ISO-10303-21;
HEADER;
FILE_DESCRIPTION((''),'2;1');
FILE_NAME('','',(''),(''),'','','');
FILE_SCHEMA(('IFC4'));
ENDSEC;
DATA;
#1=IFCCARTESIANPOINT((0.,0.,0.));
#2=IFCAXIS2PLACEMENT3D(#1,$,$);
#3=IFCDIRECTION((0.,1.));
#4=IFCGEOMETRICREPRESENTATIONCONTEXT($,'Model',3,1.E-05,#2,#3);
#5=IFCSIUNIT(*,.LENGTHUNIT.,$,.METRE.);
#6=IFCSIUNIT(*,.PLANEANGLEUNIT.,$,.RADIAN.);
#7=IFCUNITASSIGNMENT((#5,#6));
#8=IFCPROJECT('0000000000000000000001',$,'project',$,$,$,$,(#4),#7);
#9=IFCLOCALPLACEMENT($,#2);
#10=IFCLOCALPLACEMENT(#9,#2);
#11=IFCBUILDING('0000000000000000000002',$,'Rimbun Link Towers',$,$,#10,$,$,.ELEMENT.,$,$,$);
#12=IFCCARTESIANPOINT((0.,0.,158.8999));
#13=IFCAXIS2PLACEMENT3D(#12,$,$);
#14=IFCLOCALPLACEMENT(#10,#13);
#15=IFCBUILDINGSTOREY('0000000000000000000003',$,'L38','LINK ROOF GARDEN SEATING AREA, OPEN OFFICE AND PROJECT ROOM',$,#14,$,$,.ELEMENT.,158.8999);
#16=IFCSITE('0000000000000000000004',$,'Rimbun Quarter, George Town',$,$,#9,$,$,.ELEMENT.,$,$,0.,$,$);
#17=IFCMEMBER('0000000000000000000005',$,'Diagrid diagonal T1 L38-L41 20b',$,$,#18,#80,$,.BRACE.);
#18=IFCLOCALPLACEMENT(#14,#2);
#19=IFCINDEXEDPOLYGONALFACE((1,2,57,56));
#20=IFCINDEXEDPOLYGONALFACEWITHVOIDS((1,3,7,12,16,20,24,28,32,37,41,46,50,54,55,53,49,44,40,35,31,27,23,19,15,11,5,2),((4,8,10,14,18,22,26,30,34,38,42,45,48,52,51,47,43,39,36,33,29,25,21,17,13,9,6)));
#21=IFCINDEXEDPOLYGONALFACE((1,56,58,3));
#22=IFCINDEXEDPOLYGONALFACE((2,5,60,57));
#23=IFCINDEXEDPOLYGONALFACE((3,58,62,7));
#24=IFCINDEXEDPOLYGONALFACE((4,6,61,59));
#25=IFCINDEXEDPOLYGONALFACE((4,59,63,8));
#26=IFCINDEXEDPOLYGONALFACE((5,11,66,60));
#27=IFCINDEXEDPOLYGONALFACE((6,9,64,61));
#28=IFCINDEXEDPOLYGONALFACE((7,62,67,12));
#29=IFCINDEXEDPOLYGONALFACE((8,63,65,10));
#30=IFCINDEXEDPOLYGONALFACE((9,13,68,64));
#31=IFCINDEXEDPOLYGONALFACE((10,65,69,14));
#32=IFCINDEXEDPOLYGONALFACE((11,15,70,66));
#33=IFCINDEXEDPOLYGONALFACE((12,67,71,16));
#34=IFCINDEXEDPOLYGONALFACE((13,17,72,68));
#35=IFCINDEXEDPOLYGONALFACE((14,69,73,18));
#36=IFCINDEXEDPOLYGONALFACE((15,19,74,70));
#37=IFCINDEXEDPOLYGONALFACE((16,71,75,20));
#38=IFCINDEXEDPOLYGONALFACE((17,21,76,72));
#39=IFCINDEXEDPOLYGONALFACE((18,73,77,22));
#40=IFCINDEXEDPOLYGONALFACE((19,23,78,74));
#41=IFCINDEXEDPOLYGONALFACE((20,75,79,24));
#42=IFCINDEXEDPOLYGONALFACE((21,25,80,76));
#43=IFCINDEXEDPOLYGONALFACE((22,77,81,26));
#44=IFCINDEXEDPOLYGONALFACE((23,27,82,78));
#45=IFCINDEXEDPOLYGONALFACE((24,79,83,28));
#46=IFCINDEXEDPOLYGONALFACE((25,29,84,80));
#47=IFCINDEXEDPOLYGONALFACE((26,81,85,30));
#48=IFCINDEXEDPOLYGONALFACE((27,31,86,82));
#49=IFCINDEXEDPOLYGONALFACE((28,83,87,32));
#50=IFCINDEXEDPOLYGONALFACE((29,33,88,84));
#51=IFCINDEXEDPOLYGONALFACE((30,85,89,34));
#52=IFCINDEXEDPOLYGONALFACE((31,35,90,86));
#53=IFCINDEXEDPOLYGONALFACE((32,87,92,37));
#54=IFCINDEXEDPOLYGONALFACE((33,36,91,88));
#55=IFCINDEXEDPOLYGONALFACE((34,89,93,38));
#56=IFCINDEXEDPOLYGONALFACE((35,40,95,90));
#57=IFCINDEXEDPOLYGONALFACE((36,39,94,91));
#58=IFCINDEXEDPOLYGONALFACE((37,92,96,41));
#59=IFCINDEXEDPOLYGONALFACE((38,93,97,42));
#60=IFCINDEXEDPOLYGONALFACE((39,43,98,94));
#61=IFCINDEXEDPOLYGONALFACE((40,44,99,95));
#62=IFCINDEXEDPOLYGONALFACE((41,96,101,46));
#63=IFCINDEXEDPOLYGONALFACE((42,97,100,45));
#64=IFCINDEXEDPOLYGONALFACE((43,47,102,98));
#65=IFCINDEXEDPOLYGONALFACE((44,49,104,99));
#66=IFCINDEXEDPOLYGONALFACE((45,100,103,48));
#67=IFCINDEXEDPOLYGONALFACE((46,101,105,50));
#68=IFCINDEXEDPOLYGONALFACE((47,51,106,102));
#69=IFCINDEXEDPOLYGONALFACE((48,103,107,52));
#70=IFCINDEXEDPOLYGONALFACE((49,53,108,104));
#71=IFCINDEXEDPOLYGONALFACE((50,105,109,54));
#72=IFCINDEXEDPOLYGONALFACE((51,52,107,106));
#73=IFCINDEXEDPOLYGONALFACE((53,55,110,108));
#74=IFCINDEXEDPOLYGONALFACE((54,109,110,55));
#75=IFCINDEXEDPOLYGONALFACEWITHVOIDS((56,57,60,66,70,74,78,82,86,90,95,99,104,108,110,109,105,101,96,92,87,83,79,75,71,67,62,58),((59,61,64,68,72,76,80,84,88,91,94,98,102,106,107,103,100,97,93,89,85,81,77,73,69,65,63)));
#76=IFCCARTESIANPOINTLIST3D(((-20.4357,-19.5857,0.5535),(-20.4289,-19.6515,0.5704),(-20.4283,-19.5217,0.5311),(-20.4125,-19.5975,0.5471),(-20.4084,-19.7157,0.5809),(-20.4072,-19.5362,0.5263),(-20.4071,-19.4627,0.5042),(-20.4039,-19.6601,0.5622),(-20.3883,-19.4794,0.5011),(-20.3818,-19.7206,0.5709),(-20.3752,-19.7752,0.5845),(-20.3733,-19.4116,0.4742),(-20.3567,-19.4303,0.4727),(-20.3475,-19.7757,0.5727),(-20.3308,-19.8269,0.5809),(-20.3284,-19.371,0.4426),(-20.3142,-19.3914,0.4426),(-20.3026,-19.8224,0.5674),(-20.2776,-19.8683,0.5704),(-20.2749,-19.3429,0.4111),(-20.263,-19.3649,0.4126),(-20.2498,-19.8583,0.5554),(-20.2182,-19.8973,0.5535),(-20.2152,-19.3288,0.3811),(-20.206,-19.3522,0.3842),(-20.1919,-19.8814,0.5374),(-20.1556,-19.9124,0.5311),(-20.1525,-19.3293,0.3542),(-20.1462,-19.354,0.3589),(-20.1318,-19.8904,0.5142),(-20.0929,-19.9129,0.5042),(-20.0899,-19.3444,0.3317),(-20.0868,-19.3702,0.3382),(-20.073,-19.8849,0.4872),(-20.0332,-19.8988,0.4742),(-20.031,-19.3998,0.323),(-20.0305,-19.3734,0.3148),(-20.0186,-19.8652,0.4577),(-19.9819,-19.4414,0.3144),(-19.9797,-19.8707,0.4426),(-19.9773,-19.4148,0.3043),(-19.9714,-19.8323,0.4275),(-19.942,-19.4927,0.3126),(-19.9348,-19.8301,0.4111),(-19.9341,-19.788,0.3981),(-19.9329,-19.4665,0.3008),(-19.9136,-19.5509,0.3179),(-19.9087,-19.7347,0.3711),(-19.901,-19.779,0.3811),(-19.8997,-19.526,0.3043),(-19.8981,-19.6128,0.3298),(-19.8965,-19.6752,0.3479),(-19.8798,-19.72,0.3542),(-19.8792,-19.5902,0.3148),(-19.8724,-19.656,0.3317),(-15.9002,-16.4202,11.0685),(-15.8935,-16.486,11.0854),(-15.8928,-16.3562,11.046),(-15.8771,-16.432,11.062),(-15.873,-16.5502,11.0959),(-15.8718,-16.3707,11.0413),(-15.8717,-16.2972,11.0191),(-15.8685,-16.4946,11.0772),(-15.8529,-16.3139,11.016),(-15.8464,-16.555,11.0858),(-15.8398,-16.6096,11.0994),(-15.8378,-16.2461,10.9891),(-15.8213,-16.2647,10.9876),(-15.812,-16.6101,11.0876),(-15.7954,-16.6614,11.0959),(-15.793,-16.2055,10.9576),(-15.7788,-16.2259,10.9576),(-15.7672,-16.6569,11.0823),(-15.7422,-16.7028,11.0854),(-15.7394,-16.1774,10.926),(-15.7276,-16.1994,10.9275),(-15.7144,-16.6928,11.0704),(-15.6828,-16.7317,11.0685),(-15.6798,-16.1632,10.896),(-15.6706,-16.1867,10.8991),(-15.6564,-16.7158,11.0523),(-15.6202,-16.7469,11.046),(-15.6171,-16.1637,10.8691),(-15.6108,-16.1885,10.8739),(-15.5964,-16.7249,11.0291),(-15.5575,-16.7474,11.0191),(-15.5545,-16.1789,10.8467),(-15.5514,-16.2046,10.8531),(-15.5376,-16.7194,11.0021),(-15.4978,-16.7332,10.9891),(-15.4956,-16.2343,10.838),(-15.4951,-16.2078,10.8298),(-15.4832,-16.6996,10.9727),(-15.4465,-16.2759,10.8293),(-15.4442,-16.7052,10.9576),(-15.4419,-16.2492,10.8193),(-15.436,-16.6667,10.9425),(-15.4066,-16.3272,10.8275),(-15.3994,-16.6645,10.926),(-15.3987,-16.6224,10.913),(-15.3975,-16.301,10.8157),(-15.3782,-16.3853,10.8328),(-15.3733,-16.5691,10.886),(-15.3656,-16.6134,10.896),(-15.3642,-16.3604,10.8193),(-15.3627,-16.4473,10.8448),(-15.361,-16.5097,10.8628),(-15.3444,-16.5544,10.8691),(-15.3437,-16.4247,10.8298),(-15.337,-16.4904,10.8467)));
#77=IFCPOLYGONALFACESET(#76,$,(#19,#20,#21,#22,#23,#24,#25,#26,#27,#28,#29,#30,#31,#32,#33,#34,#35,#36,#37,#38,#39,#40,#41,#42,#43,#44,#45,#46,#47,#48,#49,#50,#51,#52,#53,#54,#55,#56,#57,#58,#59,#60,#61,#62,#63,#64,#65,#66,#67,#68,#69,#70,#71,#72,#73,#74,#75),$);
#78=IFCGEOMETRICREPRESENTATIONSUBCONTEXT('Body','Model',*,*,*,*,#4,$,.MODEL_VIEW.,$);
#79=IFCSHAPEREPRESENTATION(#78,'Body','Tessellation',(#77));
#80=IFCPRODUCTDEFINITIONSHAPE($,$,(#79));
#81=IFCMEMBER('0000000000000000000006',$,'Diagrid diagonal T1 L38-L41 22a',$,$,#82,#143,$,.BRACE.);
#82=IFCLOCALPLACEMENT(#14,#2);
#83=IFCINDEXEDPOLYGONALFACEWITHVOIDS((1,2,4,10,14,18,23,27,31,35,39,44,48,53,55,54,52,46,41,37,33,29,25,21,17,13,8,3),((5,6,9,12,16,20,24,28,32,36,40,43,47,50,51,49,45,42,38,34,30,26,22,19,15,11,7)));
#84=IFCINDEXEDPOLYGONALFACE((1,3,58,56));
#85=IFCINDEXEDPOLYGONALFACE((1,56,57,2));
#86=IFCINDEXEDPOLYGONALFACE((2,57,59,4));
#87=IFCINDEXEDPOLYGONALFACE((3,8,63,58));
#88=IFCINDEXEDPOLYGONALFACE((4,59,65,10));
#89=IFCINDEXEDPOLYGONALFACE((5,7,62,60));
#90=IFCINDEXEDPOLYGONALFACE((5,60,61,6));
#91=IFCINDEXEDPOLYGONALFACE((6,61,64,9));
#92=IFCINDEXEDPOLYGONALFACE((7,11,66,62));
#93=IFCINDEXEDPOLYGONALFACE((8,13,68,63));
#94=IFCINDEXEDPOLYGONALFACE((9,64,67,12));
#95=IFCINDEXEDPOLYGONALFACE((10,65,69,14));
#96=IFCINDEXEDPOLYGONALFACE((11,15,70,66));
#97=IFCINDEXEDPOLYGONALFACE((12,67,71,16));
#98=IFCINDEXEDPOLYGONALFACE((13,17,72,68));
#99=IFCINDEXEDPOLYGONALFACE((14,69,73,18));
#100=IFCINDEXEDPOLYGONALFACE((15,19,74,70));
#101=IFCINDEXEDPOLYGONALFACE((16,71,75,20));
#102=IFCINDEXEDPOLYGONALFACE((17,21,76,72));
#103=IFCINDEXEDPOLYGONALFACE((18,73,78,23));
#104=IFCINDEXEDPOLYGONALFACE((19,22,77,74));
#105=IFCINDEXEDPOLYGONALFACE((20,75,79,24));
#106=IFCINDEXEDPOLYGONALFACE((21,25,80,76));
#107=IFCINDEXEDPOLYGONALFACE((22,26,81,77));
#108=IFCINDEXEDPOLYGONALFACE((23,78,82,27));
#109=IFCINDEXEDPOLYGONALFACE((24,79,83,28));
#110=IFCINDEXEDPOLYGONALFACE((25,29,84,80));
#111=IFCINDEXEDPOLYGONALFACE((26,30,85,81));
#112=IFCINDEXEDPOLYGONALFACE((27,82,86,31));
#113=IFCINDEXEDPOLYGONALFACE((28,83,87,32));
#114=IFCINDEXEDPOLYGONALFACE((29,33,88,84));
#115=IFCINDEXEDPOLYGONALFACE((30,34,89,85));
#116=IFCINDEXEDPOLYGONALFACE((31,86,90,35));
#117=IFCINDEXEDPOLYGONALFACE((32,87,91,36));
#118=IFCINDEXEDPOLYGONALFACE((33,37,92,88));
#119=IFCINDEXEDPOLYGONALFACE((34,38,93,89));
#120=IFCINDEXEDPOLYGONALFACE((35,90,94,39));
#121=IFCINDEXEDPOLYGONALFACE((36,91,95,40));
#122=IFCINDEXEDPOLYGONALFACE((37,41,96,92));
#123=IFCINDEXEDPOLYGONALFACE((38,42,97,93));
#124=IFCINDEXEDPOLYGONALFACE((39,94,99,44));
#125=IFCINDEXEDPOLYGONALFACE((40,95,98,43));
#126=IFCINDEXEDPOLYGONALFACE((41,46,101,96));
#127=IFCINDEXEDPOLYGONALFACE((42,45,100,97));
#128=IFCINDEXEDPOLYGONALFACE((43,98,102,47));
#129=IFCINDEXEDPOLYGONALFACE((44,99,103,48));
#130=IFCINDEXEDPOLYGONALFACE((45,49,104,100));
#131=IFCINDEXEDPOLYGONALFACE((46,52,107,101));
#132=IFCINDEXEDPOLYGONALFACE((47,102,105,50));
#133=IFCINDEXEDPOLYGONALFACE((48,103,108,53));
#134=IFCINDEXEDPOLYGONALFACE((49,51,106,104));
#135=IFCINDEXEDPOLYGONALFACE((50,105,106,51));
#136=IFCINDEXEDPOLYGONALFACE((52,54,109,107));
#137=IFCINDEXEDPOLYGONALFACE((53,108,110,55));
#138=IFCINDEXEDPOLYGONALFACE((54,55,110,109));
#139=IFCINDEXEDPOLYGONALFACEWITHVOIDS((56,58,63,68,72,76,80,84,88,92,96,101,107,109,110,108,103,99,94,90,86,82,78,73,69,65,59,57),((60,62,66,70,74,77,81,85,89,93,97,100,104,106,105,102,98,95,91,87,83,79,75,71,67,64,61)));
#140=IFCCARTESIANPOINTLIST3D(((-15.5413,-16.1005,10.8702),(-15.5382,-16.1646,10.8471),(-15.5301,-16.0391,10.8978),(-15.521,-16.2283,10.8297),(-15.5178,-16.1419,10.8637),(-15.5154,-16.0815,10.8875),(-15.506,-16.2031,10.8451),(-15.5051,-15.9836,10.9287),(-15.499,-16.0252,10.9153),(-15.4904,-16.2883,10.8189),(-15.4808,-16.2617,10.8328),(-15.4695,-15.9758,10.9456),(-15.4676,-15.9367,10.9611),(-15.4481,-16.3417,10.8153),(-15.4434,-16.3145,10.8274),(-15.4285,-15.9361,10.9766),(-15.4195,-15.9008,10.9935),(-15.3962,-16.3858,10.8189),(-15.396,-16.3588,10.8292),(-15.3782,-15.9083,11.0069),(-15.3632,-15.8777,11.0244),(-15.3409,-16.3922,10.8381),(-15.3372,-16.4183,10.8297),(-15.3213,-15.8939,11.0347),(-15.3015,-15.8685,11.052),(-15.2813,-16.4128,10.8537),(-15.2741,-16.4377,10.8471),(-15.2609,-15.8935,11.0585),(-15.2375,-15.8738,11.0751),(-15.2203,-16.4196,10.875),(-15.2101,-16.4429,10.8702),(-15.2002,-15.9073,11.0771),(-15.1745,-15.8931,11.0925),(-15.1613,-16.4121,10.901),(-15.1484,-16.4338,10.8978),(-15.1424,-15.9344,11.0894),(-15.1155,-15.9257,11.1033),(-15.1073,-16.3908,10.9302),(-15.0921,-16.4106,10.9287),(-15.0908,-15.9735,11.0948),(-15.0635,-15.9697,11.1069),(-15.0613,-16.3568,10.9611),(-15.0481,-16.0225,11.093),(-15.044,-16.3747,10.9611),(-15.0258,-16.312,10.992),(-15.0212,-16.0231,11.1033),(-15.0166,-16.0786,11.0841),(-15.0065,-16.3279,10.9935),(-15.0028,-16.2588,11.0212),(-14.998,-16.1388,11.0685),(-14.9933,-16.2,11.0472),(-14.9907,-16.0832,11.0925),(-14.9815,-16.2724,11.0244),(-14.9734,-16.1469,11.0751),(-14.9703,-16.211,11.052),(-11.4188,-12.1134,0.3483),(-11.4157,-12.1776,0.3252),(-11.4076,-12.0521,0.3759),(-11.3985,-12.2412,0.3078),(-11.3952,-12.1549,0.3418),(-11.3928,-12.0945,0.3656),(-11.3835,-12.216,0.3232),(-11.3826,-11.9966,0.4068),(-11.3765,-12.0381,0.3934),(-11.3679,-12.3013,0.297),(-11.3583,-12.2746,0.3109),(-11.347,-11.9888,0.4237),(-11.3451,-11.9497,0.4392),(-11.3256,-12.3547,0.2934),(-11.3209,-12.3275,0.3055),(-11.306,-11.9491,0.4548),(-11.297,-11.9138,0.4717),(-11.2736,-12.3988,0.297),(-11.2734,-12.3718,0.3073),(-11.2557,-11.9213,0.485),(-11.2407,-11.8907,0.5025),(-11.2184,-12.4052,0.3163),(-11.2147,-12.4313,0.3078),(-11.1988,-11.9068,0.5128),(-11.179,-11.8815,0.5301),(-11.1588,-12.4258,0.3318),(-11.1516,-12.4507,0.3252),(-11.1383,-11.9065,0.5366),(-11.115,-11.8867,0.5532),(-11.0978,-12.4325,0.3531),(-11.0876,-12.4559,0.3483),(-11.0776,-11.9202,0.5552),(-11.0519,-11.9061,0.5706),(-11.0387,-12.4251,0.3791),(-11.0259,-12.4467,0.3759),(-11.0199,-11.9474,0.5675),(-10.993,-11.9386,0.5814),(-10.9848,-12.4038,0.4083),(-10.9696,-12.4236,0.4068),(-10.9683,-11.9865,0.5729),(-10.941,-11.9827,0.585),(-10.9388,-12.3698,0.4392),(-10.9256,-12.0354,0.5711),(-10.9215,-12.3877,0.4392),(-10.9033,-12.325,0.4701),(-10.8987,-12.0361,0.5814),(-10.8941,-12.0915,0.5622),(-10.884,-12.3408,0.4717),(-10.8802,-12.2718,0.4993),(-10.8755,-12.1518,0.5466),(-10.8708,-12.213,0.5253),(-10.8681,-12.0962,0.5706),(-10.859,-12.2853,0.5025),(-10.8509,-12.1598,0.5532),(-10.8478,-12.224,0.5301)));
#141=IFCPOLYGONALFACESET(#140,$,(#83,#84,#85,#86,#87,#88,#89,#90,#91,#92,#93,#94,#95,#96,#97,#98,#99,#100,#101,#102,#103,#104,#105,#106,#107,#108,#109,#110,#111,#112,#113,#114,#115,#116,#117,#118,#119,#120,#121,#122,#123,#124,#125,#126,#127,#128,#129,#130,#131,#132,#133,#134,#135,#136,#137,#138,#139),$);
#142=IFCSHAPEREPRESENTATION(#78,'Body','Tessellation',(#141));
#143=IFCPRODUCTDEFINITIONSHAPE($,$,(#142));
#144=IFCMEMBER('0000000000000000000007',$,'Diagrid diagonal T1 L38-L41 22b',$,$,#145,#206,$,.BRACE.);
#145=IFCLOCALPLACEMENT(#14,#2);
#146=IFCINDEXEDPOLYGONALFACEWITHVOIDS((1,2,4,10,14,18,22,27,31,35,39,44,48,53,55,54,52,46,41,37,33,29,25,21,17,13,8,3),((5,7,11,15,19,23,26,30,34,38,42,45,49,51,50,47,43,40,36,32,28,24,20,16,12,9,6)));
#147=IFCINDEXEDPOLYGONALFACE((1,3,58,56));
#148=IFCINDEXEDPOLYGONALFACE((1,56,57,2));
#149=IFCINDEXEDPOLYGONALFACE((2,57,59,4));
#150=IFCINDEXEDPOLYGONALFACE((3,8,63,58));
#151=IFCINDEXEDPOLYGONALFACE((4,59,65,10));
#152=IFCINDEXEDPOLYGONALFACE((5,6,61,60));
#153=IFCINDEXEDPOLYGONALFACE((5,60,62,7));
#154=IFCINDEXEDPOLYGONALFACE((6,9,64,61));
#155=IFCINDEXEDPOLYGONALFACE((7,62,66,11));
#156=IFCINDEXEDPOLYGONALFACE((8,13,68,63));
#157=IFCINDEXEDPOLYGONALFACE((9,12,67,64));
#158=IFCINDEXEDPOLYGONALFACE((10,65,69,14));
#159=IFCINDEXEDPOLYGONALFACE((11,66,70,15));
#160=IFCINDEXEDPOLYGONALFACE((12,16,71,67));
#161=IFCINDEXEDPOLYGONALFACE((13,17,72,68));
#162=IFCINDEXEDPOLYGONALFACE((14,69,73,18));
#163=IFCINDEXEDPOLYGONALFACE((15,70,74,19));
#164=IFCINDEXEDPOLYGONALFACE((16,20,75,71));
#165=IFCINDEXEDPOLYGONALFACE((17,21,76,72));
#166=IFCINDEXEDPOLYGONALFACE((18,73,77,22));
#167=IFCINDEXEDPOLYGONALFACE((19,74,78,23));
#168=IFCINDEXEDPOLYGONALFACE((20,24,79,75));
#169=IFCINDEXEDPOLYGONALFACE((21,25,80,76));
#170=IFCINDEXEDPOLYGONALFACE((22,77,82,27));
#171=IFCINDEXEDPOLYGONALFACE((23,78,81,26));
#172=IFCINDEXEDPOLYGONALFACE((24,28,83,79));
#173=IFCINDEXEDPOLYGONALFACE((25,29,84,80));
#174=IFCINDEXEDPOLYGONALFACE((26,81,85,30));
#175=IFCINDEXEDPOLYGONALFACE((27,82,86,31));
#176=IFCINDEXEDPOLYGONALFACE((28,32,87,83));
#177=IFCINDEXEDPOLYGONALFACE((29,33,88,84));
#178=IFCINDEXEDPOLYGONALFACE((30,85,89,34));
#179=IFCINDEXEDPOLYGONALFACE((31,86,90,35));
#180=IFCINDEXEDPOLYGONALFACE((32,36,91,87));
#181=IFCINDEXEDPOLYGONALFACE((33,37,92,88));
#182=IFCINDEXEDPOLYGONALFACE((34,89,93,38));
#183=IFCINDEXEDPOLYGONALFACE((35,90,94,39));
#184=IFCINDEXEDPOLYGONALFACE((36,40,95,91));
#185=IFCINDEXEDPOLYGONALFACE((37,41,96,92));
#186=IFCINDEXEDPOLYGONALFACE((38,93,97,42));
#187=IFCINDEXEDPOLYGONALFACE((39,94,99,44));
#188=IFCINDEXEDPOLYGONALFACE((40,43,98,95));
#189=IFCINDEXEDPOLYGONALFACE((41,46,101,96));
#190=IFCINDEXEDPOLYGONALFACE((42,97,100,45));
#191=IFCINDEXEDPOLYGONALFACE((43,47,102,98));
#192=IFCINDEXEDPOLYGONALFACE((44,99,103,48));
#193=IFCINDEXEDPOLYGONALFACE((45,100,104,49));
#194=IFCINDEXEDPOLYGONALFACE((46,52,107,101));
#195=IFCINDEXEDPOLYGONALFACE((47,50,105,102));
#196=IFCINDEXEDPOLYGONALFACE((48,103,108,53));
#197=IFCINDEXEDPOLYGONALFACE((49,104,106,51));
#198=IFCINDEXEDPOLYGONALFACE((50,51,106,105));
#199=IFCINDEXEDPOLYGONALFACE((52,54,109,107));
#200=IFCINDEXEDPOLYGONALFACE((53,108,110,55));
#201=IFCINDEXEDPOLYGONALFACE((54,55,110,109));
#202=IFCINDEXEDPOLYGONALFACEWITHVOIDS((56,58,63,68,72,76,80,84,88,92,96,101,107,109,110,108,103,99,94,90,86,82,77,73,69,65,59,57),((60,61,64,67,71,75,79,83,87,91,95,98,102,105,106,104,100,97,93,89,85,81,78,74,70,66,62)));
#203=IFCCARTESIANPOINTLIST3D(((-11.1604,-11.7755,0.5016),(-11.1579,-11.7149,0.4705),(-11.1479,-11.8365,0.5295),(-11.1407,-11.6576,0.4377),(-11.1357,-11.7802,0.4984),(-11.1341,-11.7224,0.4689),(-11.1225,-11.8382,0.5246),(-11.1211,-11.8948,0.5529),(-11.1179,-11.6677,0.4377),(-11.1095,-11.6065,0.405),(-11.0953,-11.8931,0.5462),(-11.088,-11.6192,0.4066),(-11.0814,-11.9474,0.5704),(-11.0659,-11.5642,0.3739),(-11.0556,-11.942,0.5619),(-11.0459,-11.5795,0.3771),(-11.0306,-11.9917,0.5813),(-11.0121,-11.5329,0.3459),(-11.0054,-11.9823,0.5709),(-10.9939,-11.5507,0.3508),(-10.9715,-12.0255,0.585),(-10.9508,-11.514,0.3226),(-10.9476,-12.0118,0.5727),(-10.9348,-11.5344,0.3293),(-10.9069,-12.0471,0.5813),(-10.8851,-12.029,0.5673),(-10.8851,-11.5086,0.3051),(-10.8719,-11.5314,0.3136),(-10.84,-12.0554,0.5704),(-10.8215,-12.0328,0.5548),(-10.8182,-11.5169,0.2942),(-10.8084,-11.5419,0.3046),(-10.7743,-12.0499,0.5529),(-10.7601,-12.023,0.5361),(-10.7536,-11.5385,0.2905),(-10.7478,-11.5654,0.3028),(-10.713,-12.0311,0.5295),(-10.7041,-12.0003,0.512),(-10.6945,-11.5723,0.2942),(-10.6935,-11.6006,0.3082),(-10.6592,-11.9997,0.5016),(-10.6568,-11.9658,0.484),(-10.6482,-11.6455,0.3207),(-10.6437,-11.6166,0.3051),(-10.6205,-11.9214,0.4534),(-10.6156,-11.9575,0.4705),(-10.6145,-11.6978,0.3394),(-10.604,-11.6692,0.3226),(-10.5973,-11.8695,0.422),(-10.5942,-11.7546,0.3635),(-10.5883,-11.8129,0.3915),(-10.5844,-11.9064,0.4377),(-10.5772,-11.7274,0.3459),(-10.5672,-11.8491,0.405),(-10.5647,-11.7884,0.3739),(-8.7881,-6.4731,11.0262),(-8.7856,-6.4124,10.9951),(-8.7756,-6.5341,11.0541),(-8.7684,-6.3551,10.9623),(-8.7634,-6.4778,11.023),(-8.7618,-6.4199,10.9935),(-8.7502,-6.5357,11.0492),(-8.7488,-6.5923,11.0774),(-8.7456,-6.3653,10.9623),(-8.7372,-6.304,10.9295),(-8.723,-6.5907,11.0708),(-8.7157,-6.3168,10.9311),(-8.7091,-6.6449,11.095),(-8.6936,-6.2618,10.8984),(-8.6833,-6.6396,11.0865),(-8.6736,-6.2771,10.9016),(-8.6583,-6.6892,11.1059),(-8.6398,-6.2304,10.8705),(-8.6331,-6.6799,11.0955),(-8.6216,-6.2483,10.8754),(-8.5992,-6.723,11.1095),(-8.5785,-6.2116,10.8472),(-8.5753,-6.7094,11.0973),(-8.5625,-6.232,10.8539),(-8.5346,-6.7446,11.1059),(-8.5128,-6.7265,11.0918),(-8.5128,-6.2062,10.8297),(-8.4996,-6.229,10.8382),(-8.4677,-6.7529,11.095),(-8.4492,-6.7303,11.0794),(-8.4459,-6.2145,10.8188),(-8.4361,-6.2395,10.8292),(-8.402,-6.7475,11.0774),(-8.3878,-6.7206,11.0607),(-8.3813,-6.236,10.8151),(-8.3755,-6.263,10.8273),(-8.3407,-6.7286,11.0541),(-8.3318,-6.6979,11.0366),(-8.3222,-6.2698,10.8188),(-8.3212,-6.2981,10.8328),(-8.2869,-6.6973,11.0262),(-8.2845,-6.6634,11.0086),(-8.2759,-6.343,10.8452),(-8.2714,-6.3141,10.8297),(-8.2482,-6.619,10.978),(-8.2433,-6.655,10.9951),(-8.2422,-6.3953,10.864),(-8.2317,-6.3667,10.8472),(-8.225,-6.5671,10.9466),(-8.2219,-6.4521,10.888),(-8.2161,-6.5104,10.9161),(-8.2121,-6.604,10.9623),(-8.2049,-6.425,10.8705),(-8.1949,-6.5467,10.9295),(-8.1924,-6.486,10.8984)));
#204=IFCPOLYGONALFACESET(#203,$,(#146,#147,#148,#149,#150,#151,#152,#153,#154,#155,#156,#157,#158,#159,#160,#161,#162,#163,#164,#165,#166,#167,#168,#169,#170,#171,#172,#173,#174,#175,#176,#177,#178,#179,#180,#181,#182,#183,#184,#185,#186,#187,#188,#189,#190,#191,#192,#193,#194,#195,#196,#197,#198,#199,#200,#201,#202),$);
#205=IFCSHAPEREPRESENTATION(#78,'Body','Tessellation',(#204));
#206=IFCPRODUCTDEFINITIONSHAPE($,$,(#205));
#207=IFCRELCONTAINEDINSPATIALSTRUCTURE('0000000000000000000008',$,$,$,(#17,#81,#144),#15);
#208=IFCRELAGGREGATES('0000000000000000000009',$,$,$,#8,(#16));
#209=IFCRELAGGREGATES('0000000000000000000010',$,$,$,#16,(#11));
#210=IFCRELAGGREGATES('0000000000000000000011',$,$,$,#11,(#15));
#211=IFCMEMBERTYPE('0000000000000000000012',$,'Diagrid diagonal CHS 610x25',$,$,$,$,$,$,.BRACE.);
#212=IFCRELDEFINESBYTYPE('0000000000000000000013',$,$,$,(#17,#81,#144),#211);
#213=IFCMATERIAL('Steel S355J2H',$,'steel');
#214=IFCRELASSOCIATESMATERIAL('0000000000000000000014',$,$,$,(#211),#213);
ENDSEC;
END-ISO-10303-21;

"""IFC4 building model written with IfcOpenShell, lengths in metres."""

from ifc_helpers import new_model, si_unit, direction, frame, origin, origin_2d, place, context, subcontext, project, spatial, hollow_circle, extrude, material, material_profile, profile_set, type_object, element, save


model = new_model("IFC4")

# Units and contexts
model_context = context("Model", 3, precision=1e-05, world=origin(), true_north=direction((0.0, 1.0)))
body_context = subcontext(model_context, "Body", "Model", "MODEL_VIEW")
ifc_project = project(units=[si_unit("LENGTHUNIT", "METRE"), si_unit("PLANEANGLEUNIT", "RADIAN")], contexts=[model_context])

# Site, building, storey
site_placement = place(None, origin())
site = spatial("IfcSite", under=ifc_project, at=site_placement, Name="Rimbun Quarter, George Town", CompositionType="ELEMENT", RefElevation=0.0)
building_placement = place(site_placement, origin())
building = spatial("IfcBuilding", under=site, at=building_placement, Name="Rimbun Link Towers", CompositionType="ELEMENT")
storey_placement = place(building_placement, frame((0.0, 0.0, 158.8999)))
storey = spatial("IfcBuildingStorey", under=building, at=storey_placement, Name="L38", Description="LINK ROOF GARDEN SEATING AREA, OPEN OFFICE AND PROJECT ROOM", CompositionType="ELEMENT", Elevation=158.8999)

# Members
ifc_material_1 = material(Name="Steel S355J2H", Category="steel")
ifc_material_profile_1 = material_profile(ifc_material_1, hollow_circle(Radius=0.3047, WallThickness=0.0249, at=origin_2d()), Name="Diagrid diagonal CHS 610x25")
ifc_profile_set_1 = profile_set([ifc_material_profile_1], Name="Steel S355J2H")
member_type_1 = type_object("IfcMemberType", Name="Diagrid diagonal CHS 610x25", PredefinedType="BRACE", material=ifc_profile_set_1)
member_1_placement = place(storey_placement, frame((-20.1541, -19.6208, 0.4426), z_axis=(0.381742, 0.266441, 0.885032), x_axis=(-0.572339, 0.820017, 0.0)))
element("IfcMember", 1, at=member_1_placement, inside=storey, type_object=member_type_1, Name="Diagrid diagonal T1 L38-L41 20b", PredefinedType="BRACE", context=body_context, shape_type="SweptSolid", body=[
    extrude(hollow_circle(Radius=0.3047, WallThickness=0.0249, at=origin_2d()), origin(), (0.0, 0.0, 1.0), 11.8809),
])
member_2_placement = place(storey_placement, frame((-11.1333, -12.1687, 0.4392), z_axis=(-0.34402, -0.332713, 0.878039), x_axis=(0.695195, -0.718821, 0.0)))
element("IfcMember", 2, at=member_2_placement, inside=storey, type_object=member_type_1, Name="Diagrid diagonal T1 L38-L41 22a", PredefinedType="BRACE", context=body_context, shape_type="SweptSolid", body=[
    extrude(hollow_circle(Radius=0.3047, WallThickness=0.0249, at=origin_2d()), origin(), (0.0, 0.0, 1.0), 11.9834),
])
member_3_placement = place(storey_placement, frame((-10.8625, -11.782, 0.4377), z_axis=(0.197342, 0.44109, 0.875498), x_axis=(-0.912809, 0.408387, 0.0)))
element("IfcMember", 3, at=member_3_placement, inside=storey, type_object=member_type_1, Name="Diagrid diagonal T1 L38-L41 22b", PredefinedType="BRACE", context=body_context, shape_type="SweptSolid", body=[
    extrude(hollow_circle(Radius=0.3047, WallThickness=0.0249, at=origin_2d()), origin(), (0.0, 0.0, 1.0), 12.0212),
])

save(model, "model.ifc")
